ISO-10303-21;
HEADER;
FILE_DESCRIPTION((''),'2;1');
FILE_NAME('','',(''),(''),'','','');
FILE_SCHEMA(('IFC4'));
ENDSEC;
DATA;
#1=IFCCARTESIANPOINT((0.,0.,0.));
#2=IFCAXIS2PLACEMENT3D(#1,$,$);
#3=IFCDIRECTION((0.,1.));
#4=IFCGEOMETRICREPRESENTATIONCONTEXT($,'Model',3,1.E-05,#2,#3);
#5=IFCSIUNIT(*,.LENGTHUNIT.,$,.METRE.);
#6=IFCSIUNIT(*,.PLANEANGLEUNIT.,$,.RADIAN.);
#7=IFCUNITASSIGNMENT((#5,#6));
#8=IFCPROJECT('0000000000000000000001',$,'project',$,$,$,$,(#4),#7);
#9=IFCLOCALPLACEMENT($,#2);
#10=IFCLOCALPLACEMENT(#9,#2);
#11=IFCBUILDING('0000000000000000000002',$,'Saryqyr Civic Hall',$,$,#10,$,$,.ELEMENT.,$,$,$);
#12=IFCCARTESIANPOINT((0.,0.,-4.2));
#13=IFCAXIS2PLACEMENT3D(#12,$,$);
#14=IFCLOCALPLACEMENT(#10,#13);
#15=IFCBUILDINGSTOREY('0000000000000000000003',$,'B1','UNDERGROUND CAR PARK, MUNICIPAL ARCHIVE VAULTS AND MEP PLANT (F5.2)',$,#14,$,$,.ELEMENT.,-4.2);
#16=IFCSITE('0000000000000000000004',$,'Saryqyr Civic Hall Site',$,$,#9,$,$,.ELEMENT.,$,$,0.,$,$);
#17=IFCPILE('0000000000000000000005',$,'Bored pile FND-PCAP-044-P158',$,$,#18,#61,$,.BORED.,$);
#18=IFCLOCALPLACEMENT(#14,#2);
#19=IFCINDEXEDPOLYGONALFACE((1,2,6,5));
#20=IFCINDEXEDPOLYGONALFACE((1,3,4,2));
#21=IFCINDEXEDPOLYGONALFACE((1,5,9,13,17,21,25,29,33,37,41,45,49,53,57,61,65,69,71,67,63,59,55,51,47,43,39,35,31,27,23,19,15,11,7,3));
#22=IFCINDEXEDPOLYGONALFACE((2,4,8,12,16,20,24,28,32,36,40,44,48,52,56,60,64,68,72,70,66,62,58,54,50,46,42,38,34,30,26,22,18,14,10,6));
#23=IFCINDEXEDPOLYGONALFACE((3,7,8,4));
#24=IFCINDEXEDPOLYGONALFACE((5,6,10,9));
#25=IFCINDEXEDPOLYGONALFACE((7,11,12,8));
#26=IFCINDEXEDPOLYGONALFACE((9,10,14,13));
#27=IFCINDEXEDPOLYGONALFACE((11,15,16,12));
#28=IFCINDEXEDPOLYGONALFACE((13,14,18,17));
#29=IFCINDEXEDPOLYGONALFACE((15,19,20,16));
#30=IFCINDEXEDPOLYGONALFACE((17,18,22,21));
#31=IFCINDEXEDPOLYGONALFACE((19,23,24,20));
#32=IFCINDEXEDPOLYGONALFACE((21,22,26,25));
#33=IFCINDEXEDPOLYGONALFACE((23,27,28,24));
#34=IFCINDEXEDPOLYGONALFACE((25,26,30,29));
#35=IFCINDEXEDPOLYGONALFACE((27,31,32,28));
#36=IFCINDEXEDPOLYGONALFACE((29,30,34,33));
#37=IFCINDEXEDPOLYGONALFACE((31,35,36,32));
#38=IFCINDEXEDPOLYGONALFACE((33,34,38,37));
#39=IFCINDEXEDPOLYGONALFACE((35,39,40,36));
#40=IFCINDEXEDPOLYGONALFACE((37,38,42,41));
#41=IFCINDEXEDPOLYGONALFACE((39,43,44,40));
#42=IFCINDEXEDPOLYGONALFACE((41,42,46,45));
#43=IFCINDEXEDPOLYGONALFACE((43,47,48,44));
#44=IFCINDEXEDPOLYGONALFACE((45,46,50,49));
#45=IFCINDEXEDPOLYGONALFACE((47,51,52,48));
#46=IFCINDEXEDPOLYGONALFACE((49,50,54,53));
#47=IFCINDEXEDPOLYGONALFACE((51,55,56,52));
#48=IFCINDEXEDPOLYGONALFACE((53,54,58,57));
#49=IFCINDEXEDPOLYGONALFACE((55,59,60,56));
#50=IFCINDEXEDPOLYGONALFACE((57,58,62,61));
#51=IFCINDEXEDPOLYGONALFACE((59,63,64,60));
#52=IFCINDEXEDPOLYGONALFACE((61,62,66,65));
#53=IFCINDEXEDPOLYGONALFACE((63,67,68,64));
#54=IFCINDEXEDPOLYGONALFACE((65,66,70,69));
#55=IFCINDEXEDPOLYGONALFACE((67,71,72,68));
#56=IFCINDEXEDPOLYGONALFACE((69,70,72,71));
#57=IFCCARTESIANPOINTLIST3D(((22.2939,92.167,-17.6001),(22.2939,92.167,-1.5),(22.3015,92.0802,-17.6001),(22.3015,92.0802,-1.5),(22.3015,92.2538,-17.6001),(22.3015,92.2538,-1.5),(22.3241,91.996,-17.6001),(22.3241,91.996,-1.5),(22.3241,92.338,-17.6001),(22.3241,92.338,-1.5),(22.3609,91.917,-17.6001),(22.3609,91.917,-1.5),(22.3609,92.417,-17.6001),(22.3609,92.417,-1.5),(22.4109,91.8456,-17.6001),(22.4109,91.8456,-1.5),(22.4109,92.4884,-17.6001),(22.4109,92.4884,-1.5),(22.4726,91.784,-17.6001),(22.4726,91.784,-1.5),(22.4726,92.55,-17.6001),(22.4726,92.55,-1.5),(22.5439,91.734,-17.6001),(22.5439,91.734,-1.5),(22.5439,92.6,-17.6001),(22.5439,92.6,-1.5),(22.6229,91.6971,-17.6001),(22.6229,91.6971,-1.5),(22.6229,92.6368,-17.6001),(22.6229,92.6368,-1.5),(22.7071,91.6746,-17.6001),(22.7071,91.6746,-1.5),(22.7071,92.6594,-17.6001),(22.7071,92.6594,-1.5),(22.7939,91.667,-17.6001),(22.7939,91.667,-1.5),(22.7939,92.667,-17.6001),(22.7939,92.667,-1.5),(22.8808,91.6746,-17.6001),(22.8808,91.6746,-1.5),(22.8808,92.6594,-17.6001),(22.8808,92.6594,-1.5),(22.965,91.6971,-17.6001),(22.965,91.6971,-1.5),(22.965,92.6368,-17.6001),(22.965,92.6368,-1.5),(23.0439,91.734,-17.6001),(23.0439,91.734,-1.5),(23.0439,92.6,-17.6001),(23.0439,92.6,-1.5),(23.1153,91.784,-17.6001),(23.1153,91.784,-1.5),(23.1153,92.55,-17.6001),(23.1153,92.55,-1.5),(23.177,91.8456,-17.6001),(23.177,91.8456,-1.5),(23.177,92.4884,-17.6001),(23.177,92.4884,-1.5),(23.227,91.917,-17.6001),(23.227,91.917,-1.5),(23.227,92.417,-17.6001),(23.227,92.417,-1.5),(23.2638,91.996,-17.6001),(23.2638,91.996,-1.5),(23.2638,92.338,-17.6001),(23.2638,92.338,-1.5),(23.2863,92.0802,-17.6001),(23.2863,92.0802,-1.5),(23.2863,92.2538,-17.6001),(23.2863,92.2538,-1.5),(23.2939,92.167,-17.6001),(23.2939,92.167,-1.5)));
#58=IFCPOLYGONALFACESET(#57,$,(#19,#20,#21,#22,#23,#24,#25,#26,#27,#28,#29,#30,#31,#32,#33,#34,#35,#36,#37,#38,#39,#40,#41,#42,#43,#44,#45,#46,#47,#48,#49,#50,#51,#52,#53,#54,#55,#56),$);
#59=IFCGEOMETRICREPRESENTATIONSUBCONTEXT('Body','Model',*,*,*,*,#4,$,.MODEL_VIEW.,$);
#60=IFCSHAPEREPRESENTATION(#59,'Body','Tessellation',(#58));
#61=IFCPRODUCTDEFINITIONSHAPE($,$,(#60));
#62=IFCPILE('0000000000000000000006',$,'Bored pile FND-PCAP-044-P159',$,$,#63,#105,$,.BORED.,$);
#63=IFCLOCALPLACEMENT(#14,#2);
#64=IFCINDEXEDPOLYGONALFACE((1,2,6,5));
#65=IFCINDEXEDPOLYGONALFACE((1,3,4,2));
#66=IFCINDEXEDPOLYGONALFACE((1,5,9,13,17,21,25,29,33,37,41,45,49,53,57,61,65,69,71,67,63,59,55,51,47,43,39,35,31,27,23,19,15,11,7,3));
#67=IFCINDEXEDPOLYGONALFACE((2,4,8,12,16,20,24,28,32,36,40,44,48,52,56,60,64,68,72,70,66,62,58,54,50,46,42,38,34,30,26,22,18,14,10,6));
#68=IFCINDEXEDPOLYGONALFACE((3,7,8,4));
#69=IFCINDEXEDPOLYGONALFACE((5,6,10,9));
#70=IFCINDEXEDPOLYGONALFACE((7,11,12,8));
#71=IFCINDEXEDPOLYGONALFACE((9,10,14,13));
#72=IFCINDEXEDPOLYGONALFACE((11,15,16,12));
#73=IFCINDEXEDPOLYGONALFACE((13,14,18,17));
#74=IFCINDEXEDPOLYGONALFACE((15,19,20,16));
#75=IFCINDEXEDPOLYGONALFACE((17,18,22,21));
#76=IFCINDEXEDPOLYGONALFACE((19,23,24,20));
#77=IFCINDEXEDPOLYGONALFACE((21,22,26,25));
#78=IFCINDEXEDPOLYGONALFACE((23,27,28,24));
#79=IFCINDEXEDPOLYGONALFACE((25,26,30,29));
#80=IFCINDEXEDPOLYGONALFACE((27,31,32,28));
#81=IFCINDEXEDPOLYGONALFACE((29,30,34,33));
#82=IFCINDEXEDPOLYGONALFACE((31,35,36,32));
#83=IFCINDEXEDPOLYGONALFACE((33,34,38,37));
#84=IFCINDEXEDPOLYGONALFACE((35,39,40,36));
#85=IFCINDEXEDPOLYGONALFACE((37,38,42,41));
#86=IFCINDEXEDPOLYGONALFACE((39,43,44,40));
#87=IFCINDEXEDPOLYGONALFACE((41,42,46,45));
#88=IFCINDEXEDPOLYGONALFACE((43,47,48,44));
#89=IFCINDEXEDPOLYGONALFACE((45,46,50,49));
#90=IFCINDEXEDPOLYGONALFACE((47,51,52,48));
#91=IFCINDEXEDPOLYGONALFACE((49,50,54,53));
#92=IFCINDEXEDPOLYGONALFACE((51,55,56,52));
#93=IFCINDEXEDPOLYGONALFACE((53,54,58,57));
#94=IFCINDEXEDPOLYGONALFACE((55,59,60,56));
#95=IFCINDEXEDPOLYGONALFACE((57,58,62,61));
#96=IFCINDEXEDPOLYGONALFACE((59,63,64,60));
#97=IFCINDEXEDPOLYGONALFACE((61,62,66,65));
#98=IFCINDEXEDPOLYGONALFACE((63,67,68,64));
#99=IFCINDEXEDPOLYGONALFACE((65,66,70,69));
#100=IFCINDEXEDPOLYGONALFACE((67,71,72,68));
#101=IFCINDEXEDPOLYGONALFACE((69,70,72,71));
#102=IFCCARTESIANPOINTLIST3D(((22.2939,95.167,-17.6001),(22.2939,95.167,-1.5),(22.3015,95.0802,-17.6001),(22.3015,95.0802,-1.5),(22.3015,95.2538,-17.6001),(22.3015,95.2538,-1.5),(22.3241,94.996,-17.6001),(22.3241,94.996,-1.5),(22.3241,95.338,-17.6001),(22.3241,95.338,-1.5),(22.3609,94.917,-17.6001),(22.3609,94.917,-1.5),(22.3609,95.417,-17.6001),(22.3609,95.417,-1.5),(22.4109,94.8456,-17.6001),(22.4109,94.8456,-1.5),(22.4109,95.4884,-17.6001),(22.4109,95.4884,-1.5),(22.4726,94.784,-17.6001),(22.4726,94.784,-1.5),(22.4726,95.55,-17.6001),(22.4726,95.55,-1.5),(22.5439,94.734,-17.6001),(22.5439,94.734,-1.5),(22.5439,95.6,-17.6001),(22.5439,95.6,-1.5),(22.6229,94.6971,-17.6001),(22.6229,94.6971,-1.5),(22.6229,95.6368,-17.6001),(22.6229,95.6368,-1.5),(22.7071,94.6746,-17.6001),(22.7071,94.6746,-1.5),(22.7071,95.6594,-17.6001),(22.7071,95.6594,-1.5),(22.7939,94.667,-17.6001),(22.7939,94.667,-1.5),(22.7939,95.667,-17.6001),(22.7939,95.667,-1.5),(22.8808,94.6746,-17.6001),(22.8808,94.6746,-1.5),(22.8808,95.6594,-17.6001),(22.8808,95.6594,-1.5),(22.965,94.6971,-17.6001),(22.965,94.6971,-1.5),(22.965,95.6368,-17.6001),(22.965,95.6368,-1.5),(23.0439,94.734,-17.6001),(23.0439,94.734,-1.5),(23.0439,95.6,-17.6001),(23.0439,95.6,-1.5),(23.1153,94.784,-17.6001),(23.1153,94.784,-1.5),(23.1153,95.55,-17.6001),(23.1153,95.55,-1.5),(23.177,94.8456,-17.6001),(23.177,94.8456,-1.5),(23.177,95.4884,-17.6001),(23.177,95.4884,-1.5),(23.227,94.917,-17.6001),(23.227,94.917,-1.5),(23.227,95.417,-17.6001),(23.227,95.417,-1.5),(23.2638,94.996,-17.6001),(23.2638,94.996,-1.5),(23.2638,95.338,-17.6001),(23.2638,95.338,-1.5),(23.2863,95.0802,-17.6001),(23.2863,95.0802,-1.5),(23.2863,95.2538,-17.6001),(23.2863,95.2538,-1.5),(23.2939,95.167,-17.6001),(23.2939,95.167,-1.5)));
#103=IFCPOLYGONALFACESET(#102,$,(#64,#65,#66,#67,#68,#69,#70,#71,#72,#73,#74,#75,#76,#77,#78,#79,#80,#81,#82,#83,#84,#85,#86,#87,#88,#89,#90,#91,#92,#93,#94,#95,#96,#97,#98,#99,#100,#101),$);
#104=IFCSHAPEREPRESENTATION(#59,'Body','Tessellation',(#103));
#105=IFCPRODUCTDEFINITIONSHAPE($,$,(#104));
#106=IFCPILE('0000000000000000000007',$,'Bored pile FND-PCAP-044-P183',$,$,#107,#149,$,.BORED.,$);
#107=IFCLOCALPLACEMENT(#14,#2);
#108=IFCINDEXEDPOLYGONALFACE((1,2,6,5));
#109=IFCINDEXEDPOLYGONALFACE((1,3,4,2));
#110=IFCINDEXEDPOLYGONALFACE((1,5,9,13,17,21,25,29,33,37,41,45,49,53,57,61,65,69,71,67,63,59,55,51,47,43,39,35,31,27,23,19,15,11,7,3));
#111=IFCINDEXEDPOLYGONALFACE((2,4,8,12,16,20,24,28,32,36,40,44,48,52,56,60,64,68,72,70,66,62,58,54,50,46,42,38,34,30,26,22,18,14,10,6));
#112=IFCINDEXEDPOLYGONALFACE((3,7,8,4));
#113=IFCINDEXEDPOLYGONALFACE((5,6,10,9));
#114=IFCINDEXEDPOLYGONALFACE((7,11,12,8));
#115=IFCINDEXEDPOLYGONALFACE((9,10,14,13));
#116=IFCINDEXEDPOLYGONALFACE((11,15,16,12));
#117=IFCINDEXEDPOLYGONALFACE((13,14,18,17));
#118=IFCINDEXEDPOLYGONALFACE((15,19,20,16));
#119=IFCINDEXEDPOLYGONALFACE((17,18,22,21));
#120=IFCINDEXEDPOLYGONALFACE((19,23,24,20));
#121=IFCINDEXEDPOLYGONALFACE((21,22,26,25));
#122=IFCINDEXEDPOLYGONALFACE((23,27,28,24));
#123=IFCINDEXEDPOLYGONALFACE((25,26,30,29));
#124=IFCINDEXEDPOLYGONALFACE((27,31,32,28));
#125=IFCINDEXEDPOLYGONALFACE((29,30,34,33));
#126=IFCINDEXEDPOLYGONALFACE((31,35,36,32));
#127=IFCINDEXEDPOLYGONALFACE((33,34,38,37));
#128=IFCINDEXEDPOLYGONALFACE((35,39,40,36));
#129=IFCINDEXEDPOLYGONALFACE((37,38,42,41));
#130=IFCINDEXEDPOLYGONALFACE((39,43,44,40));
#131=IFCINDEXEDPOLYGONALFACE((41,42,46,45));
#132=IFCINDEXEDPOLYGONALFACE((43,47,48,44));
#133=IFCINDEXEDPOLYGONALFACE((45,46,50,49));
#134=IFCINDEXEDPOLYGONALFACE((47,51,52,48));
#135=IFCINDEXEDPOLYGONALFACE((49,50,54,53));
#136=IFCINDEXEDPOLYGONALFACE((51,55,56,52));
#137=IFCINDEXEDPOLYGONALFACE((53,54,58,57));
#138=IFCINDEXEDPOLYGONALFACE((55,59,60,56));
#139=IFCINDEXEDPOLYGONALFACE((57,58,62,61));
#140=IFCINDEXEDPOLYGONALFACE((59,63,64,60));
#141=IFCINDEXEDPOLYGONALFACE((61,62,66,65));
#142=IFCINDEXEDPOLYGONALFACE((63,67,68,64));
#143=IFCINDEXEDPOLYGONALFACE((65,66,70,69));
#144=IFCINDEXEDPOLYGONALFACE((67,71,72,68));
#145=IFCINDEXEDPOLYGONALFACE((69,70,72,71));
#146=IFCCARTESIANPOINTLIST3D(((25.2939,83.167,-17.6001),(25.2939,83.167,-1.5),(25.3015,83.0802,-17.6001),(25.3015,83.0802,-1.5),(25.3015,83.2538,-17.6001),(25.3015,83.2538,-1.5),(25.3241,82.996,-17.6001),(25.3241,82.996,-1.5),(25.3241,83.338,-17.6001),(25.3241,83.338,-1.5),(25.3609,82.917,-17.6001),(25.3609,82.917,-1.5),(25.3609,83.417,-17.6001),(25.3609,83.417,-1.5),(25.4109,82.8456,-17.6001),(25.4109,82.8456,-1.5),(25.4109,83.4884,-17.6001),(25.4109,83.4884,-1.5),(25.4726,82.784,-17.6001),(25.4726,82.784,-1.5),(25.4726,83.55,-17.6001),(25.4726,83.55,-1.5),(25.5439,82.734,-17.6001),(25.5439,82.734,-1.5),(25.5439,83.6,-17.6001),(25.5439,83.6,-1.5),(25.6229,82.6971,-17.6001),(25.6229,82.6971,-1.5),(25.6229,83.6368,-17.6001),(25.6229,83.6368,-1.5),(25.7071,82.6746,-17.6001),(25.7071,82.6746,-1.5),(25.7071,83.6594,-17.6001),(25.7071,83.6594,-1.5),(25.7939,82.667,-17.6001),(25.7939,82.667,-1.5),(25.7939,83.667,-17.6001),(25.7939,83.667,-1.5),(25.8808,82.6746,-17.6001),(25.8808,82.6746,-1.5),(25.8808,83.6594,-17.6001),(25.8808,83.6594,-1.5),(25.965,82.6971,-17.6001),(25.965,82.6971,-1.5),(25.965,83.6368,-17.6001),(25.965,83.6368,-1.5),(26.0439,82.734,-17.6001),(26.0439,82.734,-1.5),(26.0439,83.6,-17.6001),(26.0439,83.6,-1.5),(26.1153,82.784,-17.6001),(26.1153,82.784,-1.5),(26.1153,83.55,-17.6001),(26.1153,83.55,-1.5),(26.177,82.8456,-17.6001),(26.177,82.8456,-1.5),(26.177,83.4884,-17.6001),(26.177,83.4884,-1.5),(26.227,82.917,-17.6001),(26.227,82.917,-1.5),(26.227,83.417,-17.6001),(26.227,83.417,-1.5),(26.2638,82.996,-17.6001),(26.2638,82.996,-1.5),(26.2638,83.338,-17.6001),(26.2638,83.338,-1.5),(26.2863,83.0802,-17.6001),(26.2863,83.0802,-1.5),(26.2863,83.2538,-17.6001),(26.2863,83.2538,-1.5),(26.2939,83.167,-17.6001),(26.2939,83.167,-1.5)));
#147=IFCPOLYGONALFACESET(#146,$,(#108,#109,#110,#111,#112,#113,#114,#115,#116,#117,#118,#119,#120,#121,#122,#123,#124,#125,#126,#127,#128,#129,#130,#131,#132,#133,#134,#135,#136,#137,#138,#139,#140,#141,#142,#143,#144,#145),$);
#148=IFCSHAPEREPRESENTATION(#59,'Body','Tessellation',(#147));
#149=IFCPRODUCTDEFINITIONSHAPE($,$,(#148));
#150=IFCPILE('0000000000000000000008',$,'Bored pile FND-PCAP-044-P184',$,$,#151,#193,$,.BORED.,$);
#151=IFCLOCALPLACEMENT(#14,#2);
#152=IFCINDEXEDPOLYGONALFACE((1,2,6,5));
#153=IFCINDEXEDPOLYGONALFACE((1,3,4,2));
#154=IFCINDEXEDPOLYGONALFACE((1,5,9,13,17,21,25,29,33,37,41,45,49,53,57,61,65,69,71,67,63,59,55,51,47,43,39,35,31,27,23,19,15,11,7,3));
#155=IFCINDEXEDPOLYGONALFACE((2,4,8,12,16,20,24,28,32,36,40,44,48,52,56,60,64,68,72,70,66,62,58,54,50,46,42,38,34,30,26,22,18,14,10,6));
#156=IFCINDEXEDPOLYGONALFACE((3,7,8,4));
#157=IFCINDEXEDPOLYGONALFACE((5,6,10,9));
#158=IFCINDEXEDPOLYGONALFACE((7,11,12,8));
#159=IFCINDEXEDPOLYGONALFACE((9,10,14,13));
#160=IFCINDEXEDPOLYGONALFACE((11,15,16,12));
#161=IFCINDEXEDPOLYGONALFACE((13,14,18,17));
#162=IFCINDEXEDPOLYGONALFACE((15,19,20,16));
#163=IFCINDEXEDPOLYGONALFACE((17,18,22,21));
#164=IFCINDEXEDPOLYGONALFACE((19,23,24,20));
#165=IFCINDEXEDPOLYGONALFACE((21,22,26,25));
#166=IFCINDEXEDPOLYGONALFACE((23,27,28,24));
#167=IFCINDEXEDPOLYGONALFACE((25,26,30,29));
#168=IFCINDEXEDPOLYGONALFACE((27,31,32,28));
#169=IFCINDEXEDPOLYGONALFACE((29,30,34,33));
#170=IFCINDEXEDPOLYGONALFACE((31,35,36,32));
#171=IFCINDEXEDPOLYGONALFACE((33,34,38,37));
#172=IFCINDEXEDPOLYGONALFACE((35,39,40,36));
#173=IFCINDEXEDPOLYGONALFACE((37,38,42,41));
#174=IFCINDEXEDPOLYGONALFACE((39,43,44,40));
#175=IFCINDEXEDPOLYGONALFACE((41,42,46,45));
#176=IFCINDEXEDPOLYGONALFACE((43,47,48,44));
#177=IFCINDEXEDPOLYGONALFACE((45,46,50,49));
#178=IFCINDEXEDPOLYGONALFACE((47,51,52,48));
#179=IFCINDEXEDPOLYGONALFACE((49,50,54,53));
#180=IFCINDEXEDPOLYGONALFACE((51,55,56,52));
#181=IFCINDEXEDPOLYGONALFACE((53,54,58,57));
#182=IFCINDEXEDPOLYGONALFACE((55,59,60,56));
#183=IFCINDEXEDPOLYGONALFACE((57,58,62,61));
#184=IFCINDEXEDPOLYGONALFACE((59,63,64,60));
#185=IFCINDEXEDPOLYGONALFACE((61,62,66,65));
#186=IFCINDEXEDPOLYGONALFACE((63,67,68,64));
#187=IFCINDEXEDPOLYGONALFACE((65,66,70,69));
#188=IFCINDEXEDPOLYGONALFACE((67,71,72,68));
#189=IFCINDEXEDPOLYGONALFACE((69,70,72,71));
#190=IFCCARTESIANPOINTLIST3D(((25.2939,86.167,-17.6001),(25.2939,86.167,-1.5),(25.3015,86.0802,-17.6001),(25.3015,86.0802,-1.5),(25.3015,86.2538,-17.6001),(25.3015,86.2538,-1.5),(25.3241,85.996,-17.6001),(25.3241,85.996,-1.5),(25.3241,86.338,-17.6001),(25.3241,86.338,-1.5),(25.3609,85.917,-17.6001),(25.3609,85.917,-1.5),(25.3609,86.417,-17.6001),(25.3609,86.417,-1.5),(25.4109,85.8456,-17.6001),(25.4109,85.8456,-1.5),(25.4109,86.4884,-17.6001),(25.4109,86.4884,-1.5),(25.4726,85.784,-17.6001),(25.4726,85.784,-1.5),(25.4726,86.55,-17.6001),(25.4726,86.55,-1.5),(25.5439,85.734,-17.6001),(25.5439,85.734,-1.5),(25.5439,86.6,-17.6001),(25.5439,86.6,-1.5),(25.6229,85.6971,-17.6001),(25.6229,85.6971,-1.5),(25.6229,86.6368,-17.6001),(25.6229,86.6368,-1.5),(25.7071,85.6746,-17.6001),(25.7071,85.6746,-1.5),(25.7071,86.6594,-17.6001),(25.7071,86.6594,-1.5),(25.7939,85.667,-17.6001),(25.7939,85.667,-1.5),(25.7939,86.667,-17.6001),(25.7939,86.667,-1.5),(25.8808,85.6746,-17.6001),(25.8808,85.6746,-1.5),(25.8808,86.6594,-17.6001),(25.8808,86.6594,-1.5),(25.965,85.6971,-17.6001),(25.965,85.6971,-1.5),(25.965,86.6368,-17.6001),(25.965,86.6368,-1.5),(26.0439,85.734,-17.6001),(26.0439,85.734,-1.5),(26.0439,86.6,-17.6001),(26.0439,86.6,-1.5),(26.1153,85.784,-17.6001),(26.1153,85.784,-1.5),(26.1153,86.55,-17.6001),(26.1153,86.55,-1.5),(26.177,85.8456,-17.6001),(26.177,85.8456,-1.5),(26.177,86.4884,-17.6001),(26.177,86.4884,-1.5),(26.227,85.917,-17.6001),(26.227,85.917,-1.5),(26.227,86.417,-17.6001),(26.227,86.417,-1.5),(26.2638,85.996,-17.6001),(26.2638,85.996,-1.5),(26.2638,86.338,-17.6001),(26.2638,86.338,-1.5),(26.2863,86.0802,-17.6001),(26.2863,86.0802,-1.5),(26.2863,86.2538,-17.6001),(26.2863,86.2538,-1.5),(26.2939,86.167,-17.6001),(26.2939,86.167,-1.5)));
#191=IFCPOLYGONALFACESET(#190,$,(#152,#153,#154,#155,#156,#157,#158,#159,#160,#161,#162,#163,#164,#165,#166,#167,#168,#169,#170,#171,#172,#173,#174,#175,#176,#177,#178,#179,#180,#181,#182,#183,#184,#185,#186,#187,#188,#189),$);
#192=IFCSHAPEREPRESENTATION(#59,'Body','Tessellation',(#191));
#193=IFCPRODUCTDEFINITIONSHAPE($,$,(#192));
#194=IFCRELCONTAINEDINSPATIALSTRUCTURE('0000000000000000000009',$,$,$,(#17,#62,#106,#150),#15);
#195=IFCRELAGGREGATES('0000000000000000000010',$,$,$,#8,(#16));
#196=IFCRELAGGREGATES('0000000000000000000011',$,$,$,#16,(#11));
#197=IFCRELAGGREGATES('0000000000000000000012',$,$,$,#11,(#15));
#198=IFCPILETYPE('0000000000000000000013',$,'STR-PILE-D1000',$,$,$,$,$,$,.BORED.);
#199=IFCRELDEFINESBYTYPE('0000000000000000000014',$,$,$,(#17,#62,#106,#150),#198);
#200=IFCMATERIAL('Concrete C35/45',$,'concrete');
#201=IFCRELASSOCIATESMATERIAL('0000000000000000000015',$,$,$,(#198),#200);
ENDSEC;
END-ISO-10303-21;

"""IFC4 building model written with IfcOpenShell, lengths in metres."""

from ifc_helpers import new_model, si_unit, direction, frame, origin, origin_2d, place, context, subcontext, project, spatial, circle, extrude, material, material_profile, profile_set, type_object, element, save


model = new_model("IFC4")

# Units and contexts
model_context = context("Model", 3, precision=1e-05, world=origin(), true_north=direction((0.0, 1.0)))
body_context = subcontext(model_context, "Body", "Model", "MODEL_VIEW")
ifc_project = project(units=[si_unit("LENGTHUNIT", "METRE"), si_unit("PLANEANGLEUNIT", "RADIAN")], contexts=[model_context])

# Site, building, storey
site_placement = place(None, origin())
site = spatial("IfcSite", under=ifc_project, at=site_placement, Name="Saryqyr Civic Hall Site", CompositionType="ELEMENT", RefElevation=0.0)
building_placement = place(site_placement, origin())
building = spatial("IfcBuilding", under=site, at=building_placement, Name="Saryqyr Civic Hall", CompositionType="ELEMENT")
storey_placement = place(building_placement, frame((0.0, 0.0, -4.2)))
storey = spatial("IfcBuildingStorey", under=building, at=storey_placement, Name="B1", Description="UNDERGROUND CAR PARK, MUNICIPAL ARCHIVE VAULTS AND MEP PLANT (F5.2)", CompositionType="ELEMENT", Elevation=-4.2)

# Piles
ifc_material_1 = material(Name="Concrete C35/45", Category="concrete")
ifc_material_profile_1 = material_profile(ifc_material_1, circle(Radius=0.5, at=origin_2d()), Name="BORED PILE D1000")
ifc_profile_set_1 = profile_set([ifc_material_profile_1], Name="Concrete C35/45")
pile_type = type_object("IfcPileType", Name="STR-PILE-D1000", PredefinedType="BORED", material=ifc_profile_set_1)
for number, where, z_axis, x_axis, name in (
    (1, (22.7939, 92.167, -1.5), (0.0, 0.0, -1.0), (1.0, 0.0, 0.0), "Bored pile FND-PCAP-044-P158"),
    (2, (22.7939, 95.167, -1.5), (0.0, 0.0, -1.0), (1.0, 0.0, 0.0), "Bored pile FND-PCAP-044-P159"),
    (3, (25.7939, 83.167, -1.5), (0.0, 0.0, -1.0), (1.0, 0.0, 0.0), "Bored pile FND-PCAP-044-P183"),
    (4, (25.7939, 86.167, -1.5), (0.0, 0.0, -1.0), (1.0, 0.0, 0.0), "Bored pile FND-PCAP-044-P184"),
):
    element("IfcPile", number, at=place(storey_placement, frame(where, z_axis=z_axis, x_axis=x_axis)), inside=storey, type_object=pile_type, Name=name, PredefinedType="BORED", context=body_context, shape_type="SweptSolid", body=[
        extrude(circle(Radius=0.5, at=origin_2d()), origin(), (0.0, 0.0, 1.0), 16.1001),
    ])

save(model, "model.ifc")
